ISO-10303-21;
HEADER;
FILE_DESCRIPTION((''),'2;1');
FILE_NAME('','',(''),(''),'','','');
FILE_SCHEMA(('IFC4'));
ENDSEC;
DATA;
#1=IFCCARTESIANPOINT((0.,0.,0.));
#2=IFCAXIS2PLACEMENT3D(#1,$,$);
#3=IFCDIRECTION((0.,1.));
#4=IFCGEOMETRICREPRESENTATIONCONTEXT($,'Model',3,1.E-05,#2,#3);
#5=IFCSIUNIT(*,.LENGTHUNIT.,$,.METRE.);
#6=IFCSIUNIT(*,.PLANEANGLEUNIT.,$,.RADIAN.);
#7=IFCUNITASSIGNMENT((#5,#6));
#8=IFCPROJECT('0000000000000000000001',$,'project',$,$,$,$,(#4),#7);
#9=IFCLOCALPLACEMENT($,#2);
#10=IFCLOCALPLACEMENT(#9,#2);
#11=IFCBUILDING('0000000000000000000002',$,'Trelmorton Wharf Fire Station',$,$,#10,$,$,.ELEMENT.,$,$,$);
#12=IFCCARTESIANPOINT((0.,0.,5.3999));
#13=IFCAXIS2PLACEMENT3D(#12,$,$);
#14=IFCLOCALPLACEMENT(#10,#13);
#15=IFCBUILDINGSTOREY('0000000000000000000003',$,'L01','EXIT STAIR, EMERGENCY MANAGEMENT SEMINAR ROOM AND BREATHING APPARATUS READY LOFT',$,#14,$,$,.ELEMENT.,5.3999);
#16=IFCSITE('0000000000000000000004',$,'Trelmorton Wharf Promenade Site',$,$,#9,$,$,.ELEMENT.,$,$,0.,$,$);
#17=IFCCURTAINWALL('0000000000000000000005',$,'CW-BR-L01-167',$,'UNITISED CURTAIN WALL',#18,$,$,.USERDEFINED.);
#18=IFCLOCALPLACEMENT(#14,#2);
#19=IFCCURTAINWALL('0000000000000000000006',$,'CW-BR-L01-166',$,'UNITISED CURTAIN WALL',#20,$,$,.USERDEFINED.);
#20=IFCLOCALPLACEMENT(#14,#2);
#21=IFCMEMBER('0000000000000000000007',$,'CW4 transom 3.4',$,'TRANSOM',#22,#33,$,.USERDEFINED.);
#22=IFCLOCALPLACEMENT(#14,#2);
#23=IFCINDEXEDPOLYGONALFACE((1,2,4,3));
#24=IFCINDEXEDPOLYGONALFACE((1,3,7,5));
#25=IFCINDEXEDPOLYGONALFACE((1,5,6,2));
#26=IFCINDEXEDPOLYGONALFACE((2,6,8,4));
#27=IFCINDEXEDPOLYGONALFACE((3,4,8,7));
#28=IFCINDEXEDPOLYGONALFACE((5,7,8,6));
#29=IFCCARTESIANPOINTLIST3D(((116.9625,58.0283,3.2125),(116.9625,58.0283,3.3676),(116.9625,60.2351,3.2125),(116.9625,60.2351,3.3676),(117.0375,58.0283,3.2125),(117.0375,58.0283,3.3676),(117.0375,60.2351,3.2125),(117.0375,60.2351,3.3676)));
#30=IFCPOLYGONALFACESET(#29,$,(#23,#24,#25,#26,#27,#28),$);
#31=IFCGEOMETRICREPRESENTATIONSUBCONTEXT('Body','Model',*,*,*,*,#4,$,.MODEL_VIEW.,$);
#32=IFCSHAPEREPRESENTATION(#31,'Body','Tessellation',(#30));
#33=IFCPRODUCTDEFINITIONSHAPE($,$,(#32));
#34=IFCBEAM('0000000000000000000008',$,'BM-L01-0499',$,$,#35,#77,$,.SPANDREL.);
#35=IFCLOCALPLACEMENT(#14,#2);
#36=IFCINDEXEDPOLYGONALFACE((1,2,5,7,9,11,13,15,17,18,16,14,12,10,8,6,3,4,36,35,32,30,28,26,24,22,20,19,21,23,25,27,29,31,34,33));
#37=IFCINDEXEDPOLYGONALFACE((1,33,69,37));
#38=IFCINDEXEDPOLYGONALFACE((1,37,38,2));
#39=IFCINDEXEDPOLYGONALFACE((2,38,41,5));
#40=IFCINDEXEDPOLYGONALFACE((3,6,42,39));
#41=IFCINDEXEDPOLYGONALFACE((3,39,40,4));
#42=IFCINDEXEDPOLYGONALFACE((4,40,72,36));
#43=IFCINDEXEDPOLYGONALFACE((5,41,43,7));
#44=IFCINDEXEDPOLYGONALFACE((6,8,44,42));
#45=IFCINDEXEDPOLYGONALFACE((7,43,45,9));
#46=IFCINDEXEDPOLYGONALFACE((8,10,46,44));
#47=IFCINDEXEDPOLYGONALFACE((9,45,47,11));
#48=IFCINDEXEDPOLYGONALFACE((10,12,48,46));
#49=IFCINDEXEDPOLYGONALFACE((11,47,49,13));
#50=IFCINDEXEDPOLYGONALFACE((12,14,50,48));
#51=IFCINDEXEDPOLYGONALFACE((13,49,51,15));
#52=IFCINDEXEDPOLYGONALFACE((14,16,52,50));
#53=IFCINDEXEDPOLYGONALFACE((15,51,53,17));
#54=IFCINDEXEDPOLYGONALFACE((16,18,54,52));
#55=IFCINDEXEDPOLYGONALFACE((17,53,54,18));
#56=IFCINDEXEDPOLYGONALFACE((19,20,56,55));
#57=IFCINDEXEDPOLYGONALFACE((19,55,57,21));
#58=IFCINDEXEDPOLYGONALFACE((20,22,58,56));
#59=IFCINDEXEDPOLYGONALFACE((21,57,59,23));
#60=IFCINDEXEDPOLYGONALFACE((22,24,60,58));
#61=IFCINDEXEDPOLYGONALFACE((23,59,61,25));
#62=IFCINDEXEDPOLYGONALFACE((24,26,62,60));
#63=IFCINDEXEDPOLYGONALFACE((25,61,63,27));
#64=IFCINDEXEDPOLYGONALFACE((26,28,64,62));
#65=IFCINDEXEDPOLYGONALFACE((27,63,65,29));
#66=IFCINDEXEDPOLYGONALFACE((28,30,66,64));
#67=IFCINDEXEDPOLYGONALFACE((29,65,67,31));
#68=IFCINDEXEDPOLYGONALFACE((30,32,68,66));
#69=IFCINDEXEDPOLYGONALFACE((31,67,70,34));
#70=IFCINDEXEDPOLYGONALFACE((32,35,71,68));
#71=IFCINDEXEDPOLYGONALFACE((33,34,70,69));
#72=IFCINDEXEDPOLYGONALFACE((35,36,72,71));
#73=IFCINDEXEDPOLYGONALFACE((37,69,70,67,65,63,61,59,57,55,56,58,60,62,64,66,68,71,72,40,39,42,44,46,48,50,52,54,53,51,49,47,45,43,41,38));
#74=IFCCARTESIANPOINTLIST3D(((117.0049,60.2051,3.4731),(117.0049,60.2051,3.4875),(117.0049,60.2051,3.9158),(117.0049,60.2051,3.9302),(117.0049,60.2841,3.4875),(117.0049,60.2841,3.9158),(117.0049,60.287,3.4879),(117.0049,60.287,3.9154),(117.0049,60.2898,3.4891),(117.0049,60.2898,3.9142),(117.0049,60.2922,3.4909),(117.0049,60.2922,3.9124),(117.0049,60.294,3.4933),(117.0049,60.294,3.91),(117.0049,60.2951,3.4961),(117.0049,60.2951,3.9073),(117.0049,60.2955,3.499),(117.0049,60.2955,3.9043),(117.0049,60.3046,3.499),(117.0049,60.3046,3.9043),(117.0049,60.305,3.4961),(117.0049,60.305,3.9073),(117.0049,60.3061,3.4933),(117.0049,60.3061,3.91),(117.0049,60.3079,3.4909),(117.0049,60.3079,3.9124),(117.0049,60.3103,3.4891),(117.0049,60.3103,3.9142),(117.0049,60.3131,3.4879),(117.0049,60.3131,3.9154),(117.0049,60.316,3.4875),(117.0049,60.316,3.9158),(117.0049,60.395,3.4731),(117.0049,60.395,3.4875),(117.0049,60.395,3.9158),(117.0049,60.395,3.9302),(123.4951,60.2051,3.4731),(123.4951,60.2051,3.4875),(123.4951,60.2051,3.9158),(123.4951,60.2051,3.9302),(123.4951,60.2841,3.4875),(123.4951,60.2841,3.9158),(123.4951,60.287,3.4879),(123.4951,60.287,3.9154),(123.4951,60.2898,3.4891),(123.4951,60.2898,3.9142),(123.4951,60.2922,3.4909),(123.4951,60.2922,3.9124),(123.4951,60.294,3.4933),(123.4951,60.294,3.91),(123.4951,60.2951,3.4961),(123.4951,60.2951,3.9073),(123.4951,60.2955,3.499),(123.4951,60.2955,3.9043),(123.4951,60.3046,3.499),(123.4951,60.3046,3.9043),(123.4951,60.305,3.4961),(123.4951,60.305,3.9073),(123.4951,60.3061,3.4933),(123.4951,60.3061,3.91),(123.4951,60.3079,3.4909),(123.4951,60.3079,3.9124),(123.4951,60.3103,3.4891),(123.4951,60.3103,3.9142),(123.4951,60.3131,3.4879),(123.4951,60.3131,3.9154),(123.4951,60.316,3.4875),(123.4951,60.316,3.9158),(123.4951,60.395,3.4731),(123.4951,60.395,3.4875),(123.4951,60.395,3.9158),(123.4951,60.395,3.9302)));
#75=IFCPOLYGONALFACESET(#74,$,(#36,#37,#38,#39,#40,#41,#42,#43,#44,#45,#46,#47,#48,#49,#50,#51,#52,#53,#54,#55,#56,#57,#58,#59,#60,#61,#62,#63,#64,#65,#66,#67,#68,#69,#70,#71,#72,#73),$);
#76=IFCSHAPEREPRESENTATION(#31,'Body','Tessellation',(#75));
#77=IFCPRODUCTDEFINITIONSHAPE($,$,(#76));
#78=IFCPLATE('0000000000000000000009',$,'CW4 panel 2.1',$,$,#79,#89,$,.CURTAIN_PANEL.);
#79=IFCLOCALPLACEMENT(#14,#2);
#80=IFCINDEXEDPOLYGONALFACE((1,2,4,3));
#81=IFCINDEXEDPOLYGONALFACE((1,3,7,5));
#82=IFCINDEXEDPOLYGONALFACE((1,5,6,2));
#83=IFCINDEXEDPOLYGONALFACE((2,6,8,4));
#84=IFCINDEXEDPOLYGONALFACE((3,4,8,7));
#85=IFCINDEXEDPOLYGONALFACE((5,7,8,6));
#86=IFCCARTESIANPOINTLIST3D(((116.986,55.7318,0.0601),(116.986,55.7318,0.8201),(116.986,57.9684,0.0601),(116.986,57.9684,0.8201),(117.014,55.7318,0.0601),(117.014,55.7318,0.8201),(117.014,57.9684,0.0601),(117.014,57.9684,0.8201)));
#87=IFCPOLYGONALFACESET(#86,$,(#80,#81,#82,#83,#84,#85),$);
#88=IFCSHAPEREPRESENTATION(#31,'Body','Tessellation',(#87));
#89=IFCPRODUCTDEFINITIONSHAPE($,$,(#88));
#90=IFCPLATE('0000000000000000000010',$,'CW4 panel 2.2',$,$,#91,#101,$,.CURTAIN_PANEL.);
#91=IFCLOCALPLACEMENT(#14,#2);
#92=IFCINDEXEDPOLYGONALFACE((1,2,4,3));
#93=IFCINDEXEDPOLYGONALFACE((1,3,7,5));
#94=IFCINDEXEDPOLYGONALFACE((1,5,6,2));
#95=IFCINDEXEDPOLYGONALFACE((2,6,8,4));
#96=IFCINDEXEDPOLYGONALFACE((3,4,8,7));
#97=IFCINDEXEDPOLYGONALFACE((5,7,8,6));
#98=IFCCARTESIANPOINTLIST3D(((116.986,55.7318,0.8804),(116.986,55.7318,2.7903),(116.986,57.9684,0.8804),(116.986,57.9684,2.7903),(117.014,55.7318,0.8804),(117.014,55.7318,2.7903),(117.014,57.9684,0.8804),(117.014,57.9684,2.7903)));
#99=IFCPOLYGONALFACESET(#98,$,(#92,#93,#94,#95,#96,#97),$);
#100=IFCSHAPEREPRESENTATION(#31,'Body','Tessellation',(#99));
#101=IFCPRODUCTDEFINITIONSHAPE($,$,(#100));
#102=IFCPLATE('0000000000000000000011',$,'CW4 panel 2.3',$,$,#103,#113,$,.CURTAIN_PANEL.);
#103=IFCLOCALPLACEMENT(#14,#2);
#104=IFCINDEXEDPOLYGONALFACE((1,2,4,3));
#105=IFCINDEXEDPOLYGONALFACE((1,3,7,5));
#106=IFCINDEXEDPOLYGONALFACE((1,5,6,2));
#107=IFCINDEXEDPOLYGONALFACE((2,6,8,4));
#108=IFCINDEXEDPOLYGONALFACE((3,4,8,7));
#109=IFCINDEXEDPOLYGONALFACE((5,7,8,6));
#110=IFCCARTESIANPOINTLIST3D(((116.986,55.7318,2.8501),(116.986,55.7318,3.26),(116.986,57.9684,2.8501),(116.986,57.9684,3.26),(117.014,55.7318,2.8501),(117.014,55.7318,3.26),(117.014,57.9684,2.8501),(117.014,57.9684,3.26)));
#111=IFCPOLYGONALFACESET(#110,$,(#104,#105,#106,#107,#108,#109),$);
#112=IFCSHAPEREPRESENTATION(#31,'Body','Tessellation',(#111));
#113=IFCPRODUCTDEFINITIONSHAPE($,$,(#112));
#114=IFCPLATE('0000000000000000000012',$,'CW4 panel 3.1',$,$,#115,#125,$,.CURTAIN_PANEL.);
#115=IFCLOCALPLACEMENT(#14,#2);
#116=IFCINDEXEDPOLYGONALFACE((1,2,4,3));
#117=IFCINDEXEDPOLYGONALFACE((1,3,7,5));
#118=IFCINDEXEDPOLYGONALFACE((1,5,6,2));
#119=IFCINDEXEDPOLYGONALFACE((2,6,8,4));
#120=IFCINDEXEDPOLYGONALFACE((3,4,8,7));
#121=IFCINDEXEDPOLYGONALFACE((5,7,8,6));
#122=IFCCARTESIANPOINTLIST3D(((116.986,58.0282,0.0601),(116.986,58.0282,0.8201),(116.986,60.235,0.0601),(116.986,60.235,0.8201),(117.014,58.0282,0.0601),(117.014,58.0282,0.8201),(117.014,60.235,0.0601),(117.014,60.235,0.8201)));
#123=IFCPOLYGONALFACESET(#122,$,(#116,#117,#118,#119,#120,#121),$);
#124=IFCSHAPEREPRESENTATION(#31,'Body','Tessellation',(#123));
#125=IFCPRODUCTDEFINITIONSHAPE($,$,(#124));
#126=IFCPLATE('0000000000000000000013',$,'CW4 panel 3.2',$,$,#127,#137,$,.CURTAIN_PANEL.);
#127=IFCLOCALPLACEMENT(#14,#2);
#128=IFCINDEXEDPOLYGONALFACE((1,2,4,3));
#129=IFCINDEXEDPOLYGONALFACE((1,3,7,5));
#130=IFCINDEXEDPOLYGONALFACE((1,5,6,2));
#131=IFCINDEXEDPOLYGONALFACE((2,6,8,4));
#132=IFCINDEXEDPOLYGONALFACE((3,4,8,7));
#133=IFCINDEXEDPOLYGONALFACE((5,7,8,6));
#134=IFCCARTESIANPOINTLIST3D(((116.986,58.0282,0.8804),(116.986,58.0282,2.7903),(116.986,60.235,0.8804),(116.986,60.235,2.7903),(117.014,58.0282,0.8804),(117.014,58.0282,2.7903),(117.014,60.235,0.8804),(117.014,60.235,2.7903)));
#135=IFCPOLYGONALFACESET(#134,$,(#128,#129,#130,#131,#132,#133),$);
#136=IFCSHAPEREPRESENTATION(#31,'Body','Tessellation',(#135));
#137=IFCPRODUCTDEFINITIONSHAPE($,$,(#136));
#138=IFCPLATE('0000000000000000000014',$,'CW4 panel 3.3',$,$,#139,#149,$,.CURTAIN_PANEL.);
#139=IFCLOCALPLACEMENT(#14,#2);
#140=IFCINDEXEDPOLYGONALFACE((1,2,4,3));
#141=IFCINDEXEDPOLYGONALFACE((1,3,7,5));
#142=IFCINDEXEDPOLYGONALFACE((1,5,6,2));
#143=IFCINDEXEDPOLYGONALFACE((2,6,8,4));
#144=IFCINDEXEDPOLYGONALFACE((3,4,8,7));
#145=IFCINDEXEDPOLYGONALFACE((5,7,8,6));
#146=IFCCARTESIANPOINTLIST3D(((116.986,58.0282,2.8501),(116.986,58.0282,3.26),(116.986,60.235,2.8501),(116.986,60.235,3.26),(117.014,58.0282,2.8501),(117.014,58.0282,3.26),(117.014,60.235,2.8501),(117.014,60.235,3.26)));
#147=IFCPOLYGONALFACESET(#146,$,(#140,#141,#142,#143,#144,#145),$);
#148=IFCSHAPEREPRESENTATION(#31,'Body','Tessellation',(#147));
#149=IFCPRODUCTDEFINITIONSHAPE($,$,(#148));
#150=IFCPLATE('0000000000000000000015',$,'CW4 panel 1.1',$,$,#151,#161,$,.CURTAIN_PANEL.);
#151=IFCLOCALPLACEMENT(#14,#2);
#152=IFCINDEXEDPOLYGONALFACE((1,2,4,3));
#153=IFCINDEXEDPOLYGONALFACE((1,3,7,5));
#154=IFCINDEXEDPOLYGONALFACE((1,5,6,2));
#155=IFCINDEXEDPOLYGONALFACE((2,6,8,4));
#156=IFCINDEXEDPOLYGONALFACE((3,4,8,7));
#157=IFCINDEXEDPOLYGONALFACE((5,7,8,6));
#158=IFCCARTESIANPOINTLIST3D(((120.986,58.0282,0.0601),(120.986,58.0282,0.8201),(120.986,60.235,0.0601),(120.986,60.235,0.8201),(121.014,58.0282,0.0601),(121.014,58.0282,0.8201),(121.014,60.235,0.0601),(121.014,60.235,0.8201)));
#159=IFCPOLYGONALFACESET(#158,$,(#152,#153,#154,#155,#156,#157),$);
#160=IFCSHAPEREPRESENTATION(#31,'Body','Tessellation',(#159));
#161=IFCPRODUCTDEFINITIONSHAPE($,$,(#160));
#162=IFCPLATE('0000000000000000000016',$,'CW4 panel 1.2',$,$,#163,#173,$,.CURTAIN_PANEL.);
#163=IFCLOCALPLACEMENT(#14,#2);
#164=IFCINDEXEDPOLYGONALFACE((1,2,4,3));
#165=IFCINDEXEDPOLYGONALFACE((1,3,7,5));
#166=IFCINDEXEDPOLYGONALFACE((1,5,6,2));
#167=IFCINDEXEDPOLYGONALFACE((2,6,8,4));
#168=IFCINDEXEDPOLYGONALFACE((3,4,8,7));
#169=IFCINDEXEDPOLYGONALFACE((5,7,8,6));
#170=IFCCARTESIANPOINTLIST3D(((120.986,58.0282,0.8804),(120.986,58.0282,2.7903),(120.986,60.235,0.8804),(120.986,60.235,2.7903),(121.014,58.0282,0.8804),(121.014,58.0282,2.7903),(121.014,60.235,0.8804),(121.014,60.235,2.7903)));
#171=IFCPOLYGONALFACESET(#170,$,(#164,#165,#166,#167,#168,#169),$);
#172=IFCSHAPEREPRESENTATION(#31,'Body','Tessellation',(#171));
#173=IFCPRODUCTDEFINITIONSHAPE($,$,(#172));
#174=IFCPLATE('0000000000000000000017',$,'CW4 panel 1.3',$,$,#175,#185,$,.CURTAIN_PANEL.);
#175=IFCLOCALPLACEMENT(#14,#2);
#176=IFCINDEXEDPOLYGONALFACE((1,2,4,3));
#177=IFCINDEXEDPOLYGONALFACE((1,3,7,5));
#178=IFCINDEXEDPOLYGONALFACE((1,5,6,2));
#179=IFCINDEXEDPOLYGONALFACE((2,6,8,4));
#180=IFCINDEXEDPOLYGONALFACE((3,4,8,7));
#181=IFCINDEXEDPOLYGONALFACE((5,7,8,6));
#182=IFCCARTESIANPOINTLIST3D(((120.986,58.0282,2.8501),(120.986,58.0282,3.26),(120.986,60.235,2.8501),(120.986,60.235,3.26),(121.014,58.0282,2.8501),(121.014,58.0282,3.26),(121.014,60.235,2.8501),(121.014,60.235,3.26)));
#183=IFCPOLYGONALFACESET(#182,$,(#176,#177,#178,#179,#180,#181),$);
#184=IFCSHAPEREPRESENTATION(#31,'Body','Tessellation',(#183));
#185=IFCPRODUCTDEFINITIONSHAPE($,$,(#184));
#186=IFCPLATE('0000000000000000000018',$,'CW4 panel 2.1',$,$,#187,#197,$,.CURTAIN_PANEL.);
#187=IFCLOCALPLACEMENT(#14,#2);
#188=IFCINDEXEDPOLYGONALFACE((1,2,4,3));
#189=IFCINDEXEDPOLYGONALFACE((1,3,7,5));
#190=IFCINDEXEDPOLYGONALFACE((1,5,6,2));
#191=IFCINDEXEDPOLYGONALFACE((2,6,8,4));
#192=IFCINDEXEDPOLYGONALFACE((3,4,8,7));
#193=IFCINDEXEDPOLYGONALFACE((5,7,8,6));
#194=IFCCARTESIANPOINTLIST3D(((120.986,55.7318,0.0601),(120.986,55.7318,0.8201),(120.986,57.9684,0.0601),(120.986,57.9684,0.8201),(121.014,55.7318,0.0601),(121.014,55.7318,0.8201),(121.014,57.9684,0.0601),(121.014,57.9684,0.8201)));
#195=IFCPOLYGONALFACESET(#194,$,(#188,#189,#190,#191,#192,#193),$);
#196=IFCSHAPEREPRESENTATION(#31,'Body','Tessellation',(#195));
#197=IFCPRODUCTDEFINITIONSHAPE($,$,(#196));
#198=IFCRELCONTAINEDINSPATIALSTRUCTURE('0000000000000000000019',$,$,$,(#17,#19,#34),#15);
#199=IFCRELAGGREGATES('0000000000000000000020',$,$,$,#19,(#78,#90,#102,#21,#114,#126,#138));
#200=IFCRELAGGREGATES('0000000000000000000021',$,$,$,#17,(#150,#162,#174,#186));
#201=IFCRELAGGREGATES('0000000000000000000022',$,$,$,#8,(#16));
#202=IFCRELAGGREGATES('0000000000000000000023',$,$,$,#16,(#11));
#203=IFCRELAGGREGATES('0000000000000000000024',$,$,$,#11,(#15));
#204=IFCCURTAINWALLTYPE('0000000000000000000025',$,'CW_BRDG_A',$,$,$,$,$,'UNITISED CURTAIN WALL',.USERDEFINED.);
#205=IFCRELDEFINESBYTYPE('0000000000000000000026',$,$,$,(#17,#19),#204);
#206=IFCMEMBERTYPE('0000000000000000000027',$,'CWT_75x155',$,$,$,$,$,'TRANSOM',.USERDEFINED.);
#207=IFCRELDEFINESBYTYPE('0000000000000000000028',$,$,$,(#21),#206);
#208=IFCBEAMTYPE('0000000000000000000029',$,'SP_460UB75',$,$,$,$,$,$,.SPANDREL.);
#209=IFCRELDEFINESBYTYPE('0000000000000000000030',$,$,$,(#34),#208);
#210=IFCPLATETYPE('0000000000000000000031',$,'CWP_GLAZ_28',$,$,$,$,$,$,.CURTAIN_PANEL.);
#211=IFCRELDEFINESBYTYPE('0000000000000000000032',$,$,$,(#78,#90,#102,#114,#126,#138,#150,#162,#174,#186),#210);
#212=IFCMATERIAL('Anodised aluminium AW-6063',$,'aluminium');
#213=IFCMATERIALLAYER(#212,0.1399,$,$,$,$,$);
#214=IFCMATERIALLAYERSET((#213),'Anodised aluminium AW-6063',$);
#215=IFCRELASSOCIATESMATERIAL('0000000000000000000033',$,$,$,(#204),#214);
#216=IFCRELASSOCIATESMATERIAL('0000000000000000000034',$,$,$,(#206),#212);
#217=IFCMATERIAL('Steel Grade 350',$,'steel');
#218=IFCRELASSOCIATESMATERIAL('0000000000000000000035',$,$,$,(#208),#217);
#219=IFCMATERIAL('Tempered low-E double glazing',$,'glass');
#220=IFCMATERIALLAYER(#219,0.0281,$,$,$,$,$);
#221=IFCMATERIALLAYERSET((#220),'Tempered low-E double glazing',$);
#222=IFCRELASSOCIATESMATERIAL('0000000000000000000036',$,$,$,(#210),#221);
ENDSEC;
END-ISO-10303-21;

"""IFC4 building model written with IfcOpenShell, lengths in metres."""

from ifc_helpers import new_model, si_unit, direction, frame, origin, origin_2d, place, context, subcontext, project, spatial, rectangle, i_section, extrude, material, layer, layer_set, material_profile, profile_set, type_object, element, aggregate, save


model = new_model("IFC4")

# Units and contexts
model_context = context("Model", 3, precision=1e-05, world=origin(), true_north=direction((0.0, 1.0)))
body_context = subcontext(model_context, "Body", "Model", "MODEL_VIEW")
ifc_project = project(units=[si_unit("LENGTHUNIT", "METRE"), si_unit("PLANEANGLEUNIT", "RADIAN")], contexts=[model_context])

# Site, building, storey
site_placement = place(None, origin())
site = spatial("IfcSite", under=ifc_project, at=site_placement, Name="Trelmorton Wharf Promenade Site", CompositionType="ELEMENT", RefElevation=0.0)
building_placement = place(site_placement, origin())
building = spatial("IfcBuilding", under=site, at=building_placement, Name="Trelmorton Wharf Fire Station", CompositionType="ELEMENT")
storey_placement = place(building_placement, frame((0.0, 0.0, 5.3999)))
storey = spatial("IfcBuildingStorey", under=building, at=storey_placement, Name="L01", Description="EXIT STAIR, EMERGENCY MANAGEMENT SEMINAR ROOM AND BREATHING APPARATUS READY LOFT", CompositionType="ELEMENT", Elevation=5.3999)

# Curtain wall
ifc_material_1 = material(Name="Anodised aluminium AW-6063", Category="aluminium")
ifc_layer_1 = layer(ifc_material_1, 0.1399)
ifc_layer_set_1 = layer_set([ifc_layer_1], Name="Anodised aluminium AW-6063")
curtain_wall_type = type_object("IfcCurtainWallType", Name="CW_BRDG_A", ElementType="UNITISED CURTAIN WALL", PredefinedType="USERDEFINED", material=ifc_layer_set_1)
curtain_wall_1_placement = place(storey_placement, origin())
curtain_wall_1 = element("IfcCurtainWall", 1, at=curtain_wall_1_placement, inside=storey, type_object=curtain_wall_type, Name="CW-BR-L01-167", ObjectType="UNITISED CURTAIN WALL", PredefinedType="USERDEFINED")

# Curtain wall
curtain_wall_2_placement = place(storey_placement, origin())
curtain_wall_2 = element("IfcCurtainWall", 2, at=curtain_wall_2_placement, inside=storey, type_object=curtain_wall_type, Name="CW-BR-L01-166", ObjectType="UNITISED CURTAIN WALL", PredefinedType="USERDEFINED")

# Member
ifc_material_profile_1 = material_profile(ifc_material_1, rectangle(XDim=0.075, YDim=0.155, at=origin_2d()), Name="ALU-75x155")
ifc_profile_set_1 = profile_set([ifc_material_profile_1], Name="Anodised aluminium AW-6063")
member_type_1 = type_object("IfcMemberType", Name="CWT_75x155", ElementType="TRANSOM", PredefinedType="USERDEFINED", material=ifc_profile_set_1)
member_1_placement = place(storey_placement, frame((117.0, 58.0283, 3.29), z_axis=(0.0, 1.0, 0.0), x_axis=(-1.0, 0.0, 0.0)))
member_1 = element("IfcMember", 3, at=member_1_placement, type_object=member_type_1, Name="CW4 transom 3.4", ObjectType="TRANSOM", PredefinedType="USERDEFINED", context=body_context, shape_type="SweptSolid", body=[
    extrude(rectangle(XDim=0.075, YDim=0.155, at=origin_2d()), origin(), (0.0, 0.0, 1.0), 2.2068),
])

# Beam
ifc_material_2 = material(Name="Steel Grade 350", Category="steel")
ifc_material_profile_2 = material_profile(ifc_material_2, i_section(OverallWidth=0.1899, OverallDepth=0.457, WebThickness=0.009, FlangeThickness=0.0144, FilletRadius=0.0115, at=origin_2d()), Name="460UB74.6")
ifc_profile_set_2 = profile_set([ifc_material_profile_2], Name="Steel Grade 350")
beam_type = type_object("IfcBeamType", Name="SP_460UB75", PredefinedType="SPANDREL", material=ifc_profile_set_2)
beam_placement = place(storey_placement, frame((117.0049, 60.3, 3.7017), z_axis=(1.0, 0.0, 0.0), x_axis=(0.0, 1.0, 0.0)))
element("IfcBeam", 4, at=beam_placement, inside=storey, type_object=beam_type, Name="BM-L01-0499", PredefinedType="SPANDREL", context=body_context, shape_type="SweptSolid", body=[
    extrude(i_section(OverallWidth=0.1899, OverallDepth=0.457, WebThickness=0.009, FlangeThickness=0.0144, FilletRadius=0.0115, at=origin_2d()), origin(), (0.0, 0.0, 1.0), 6.4902),
])

# Plates
ifc_material_3 = material(Name="Tempered low-E double glazing", Category="glass")
ifc_layer_2 = layer(ifc_material_3, 0.0281)
ifc_layer_set_2 = layer_set([ifc_layer_2], Name="Tempered low-E double glazing")
plate_type = type_object("IfcPlateType", Name="CWP_GLAZ_28", PredefinedType="CURTAIN_PANEL", material=ifc_layer_set_2)
plate_1_placement = place(storey_placement, frame((117.0, 56.8501, 0.0601), z_axis=(0.0, 0.0, 1.0), x_axis=(0.0, 1.0, 0.0)))
plate_1 = element("IfcPlate", 5, at=plate_1_placement, type_object=plate_type, Name="CW4 panel 2.1", PredefinedType="CURTAIN_PANEL", context=body_context, shape_type="SweptSolid", body=[
    extrude(rectangle(XDim=2.2366, YDim=0.0281, at=origin_2d()), origin(), (0.0, 0.0, 1.0), 0.76),
])
plate_2_placement = place(storey_placement, frame((117.0, 56.8501, 0.8804), z_axis=(0.0, 0.0, 1.0), x_axis=(0.0, 1.0, 0.0)))
plate_2 = element("IfcPlate", 6, at=plate_2_placement, type_object=plate_type, Name="CW4 panel 2.2", PredefinedType="CURTAIN_PANEL", context=body_context, shape_type="SweptSolid", body=[
    extrude(rectangle(XDim=2.2366, YDim=0.0281, at=origin_2d()), origin(), (0.0, 0.0, 1.0), 1.9099),
])
plate_3_placement = place(storey_placement, frame((117.0, 56.8501, 2.8501), z_axis=(0.0, 0.0, 1.0), x_axis=(0.0, 1.0, 0.0)))
plate_3 = element("IfcPlate", 7, at=plate_3_placement, type_object=plate_type, Name="CW4 panel 2.3", PredefinedType="CURTAIN_PANEL", context=body_context, shape_type="SweptSolid", body=[
    extrude(rectangle(XDim=2.2366, YDim=0.0281, at=origin_2d()), origin(), (0.0, 0.0, 1.0), 0.4099),
])
plate_4_placement = place(storey_placement, frame((117.0, 59.1316, 0.0601), z_axis=(0.0, 0.0, 1.0), x_axis=(0.0, 1.0, 0.0)))
plate_4 = element("IfcPlate", 8, at=plate_4_placement, type_object=plate_type, Name="CW4 panel 3.1", PredefinedType="CURTAIN_PANEL", context=body_context, shape_type="SweptSolid", body=[
    extrude(rectangle(XDim=2.2068, YDim=0.0281, at=origin_2d()), origin(), (0.0, 0.0, 1.0), 0.76),
])
plate_5_placement = place(storey_placement, frame((117.0, 59.1316, 0.8804), z_axis=(0.0, 0.0, 1.0), x_axis=(0.0, 1.0, 0.0)))
plate_5 = element("IfcPlate", 9, at=plate_5_placement, type_object=plate_type, Name="CW4 panel 3.2", PredefinedType="CURTAIN_PANEL", context=body_context, shape_type="SweptSolid", body=[
    extrude(rectangle(XDim=2.2068, YDim=0.0281, at=origin_2d()), origin(), (0.0, 0.0, 1.0), 1.9099),
])
plate_6_placement = place(storey_placement, frame((117.0, 59.1316, 2.8501), z_axis=(0.0, 0.0, 1.0), x_axis=(0.0, 1.0, 0.0)))
plate_6 = element("IfcPlate", 10, at=plate_6_placement, type_object=plate_type, Name="CW4 panel 3.3", PredefinedType="CURTAIN_PANEL", context=body_context, shape_type="SweptSolid", body=[
    extrude(rectangle(XDim=2.2068, YDim=0.0281, at=origin_2d()), origin(), (0.0, 0.0, 1.0), 0.4099),
])
aggregate(curtain_wall_2, [plate_1, plate_2, plate_3, member_1, plate_4, plate_5, plate_6])
plate_7_placement = place(storey_placement, frame((121.0, 59.1316, 0.0601), z_axis=(0.0, 0.0, 1.0), x_axis=(0.0, -1.0, 0.0)))
plate_7 = element("IfcPlate", 11, at=plate_7_placement, type_object=plate_type, Name="CW4 panel 1.1", PredefinedType="CURTAIN_PANEL", context=body_context, shape_type="SweptSolid", body=[
    extrude(rectangle(XDim=2.2068, YDim=0.0281, at=origin_2d()), origin(), (0.0, 0.0, 1.0), 0.76),
])
plate_8_placement = place(storey_placement, frame((121.0, 59.1316, 0.8804), z_axis=(0.0, 0.0, 1.0), x_axis=(0.0, -1.0, 0.0)))
plate_8 = element("IfcPlate", 12, at=plate_8_placement, type_object=plate_type, Name="CW4 panel 1.2", PredefinedType="CURTAIN_PANEL", context=body_context, shape_type="SweptSolid", body=[
    extrude(rectangle(XDim=2.2068, YDim=0.0281, at=origin_2d()), origin(), (0.0, 0.0, 1.0), 1.9099),
])
plate_9_placement = place(storey_placement, frame((121.0, 59.1316, 2.8501), z_axis=(0.0, 0.0, 1.0), x_axis=(0.0, -1.0, 0.0)))
plate_9 = element("IfcPlate", 13, at=plate_9_placement, type_object=plate_type, Name="CW4 panel 1.3", PredefinedType="CURTAIN_PANEL", context=body_context, shape_type="SweptSolid", body=[
    extrude(rectangle(XDim=2.2068, YDim=0.0281, at=origin_2d()), origin(), (0.0, 0.0, 1.0), 0.4099),
])
plate_10_placement = place(storey_placement, frame((121.0, 56.8501, 0.0601), z_axis=(0.0, 0.0, 1.0), x_axis=(0.0, -1.0, 0.0)))
plate_10 = element("IfcPlate", 14, at=plate_10_placement, type_object=plate_type, Name="CW4 panel 2.1", PredefinedType="CURTAIN_PANEL", context=body_context, shape_type="SweptSolid", body=[
    extrude(rectangle(XDim=2.2366, YDim=0.0281, at=origin_2d()), origin(), (0.0, 0.0, 1.0), 0.76),
])
aggregate(curtain_wall_1, [plate_7, plate_8, plate_9, plate_10])

save(model, "model.ifc")
